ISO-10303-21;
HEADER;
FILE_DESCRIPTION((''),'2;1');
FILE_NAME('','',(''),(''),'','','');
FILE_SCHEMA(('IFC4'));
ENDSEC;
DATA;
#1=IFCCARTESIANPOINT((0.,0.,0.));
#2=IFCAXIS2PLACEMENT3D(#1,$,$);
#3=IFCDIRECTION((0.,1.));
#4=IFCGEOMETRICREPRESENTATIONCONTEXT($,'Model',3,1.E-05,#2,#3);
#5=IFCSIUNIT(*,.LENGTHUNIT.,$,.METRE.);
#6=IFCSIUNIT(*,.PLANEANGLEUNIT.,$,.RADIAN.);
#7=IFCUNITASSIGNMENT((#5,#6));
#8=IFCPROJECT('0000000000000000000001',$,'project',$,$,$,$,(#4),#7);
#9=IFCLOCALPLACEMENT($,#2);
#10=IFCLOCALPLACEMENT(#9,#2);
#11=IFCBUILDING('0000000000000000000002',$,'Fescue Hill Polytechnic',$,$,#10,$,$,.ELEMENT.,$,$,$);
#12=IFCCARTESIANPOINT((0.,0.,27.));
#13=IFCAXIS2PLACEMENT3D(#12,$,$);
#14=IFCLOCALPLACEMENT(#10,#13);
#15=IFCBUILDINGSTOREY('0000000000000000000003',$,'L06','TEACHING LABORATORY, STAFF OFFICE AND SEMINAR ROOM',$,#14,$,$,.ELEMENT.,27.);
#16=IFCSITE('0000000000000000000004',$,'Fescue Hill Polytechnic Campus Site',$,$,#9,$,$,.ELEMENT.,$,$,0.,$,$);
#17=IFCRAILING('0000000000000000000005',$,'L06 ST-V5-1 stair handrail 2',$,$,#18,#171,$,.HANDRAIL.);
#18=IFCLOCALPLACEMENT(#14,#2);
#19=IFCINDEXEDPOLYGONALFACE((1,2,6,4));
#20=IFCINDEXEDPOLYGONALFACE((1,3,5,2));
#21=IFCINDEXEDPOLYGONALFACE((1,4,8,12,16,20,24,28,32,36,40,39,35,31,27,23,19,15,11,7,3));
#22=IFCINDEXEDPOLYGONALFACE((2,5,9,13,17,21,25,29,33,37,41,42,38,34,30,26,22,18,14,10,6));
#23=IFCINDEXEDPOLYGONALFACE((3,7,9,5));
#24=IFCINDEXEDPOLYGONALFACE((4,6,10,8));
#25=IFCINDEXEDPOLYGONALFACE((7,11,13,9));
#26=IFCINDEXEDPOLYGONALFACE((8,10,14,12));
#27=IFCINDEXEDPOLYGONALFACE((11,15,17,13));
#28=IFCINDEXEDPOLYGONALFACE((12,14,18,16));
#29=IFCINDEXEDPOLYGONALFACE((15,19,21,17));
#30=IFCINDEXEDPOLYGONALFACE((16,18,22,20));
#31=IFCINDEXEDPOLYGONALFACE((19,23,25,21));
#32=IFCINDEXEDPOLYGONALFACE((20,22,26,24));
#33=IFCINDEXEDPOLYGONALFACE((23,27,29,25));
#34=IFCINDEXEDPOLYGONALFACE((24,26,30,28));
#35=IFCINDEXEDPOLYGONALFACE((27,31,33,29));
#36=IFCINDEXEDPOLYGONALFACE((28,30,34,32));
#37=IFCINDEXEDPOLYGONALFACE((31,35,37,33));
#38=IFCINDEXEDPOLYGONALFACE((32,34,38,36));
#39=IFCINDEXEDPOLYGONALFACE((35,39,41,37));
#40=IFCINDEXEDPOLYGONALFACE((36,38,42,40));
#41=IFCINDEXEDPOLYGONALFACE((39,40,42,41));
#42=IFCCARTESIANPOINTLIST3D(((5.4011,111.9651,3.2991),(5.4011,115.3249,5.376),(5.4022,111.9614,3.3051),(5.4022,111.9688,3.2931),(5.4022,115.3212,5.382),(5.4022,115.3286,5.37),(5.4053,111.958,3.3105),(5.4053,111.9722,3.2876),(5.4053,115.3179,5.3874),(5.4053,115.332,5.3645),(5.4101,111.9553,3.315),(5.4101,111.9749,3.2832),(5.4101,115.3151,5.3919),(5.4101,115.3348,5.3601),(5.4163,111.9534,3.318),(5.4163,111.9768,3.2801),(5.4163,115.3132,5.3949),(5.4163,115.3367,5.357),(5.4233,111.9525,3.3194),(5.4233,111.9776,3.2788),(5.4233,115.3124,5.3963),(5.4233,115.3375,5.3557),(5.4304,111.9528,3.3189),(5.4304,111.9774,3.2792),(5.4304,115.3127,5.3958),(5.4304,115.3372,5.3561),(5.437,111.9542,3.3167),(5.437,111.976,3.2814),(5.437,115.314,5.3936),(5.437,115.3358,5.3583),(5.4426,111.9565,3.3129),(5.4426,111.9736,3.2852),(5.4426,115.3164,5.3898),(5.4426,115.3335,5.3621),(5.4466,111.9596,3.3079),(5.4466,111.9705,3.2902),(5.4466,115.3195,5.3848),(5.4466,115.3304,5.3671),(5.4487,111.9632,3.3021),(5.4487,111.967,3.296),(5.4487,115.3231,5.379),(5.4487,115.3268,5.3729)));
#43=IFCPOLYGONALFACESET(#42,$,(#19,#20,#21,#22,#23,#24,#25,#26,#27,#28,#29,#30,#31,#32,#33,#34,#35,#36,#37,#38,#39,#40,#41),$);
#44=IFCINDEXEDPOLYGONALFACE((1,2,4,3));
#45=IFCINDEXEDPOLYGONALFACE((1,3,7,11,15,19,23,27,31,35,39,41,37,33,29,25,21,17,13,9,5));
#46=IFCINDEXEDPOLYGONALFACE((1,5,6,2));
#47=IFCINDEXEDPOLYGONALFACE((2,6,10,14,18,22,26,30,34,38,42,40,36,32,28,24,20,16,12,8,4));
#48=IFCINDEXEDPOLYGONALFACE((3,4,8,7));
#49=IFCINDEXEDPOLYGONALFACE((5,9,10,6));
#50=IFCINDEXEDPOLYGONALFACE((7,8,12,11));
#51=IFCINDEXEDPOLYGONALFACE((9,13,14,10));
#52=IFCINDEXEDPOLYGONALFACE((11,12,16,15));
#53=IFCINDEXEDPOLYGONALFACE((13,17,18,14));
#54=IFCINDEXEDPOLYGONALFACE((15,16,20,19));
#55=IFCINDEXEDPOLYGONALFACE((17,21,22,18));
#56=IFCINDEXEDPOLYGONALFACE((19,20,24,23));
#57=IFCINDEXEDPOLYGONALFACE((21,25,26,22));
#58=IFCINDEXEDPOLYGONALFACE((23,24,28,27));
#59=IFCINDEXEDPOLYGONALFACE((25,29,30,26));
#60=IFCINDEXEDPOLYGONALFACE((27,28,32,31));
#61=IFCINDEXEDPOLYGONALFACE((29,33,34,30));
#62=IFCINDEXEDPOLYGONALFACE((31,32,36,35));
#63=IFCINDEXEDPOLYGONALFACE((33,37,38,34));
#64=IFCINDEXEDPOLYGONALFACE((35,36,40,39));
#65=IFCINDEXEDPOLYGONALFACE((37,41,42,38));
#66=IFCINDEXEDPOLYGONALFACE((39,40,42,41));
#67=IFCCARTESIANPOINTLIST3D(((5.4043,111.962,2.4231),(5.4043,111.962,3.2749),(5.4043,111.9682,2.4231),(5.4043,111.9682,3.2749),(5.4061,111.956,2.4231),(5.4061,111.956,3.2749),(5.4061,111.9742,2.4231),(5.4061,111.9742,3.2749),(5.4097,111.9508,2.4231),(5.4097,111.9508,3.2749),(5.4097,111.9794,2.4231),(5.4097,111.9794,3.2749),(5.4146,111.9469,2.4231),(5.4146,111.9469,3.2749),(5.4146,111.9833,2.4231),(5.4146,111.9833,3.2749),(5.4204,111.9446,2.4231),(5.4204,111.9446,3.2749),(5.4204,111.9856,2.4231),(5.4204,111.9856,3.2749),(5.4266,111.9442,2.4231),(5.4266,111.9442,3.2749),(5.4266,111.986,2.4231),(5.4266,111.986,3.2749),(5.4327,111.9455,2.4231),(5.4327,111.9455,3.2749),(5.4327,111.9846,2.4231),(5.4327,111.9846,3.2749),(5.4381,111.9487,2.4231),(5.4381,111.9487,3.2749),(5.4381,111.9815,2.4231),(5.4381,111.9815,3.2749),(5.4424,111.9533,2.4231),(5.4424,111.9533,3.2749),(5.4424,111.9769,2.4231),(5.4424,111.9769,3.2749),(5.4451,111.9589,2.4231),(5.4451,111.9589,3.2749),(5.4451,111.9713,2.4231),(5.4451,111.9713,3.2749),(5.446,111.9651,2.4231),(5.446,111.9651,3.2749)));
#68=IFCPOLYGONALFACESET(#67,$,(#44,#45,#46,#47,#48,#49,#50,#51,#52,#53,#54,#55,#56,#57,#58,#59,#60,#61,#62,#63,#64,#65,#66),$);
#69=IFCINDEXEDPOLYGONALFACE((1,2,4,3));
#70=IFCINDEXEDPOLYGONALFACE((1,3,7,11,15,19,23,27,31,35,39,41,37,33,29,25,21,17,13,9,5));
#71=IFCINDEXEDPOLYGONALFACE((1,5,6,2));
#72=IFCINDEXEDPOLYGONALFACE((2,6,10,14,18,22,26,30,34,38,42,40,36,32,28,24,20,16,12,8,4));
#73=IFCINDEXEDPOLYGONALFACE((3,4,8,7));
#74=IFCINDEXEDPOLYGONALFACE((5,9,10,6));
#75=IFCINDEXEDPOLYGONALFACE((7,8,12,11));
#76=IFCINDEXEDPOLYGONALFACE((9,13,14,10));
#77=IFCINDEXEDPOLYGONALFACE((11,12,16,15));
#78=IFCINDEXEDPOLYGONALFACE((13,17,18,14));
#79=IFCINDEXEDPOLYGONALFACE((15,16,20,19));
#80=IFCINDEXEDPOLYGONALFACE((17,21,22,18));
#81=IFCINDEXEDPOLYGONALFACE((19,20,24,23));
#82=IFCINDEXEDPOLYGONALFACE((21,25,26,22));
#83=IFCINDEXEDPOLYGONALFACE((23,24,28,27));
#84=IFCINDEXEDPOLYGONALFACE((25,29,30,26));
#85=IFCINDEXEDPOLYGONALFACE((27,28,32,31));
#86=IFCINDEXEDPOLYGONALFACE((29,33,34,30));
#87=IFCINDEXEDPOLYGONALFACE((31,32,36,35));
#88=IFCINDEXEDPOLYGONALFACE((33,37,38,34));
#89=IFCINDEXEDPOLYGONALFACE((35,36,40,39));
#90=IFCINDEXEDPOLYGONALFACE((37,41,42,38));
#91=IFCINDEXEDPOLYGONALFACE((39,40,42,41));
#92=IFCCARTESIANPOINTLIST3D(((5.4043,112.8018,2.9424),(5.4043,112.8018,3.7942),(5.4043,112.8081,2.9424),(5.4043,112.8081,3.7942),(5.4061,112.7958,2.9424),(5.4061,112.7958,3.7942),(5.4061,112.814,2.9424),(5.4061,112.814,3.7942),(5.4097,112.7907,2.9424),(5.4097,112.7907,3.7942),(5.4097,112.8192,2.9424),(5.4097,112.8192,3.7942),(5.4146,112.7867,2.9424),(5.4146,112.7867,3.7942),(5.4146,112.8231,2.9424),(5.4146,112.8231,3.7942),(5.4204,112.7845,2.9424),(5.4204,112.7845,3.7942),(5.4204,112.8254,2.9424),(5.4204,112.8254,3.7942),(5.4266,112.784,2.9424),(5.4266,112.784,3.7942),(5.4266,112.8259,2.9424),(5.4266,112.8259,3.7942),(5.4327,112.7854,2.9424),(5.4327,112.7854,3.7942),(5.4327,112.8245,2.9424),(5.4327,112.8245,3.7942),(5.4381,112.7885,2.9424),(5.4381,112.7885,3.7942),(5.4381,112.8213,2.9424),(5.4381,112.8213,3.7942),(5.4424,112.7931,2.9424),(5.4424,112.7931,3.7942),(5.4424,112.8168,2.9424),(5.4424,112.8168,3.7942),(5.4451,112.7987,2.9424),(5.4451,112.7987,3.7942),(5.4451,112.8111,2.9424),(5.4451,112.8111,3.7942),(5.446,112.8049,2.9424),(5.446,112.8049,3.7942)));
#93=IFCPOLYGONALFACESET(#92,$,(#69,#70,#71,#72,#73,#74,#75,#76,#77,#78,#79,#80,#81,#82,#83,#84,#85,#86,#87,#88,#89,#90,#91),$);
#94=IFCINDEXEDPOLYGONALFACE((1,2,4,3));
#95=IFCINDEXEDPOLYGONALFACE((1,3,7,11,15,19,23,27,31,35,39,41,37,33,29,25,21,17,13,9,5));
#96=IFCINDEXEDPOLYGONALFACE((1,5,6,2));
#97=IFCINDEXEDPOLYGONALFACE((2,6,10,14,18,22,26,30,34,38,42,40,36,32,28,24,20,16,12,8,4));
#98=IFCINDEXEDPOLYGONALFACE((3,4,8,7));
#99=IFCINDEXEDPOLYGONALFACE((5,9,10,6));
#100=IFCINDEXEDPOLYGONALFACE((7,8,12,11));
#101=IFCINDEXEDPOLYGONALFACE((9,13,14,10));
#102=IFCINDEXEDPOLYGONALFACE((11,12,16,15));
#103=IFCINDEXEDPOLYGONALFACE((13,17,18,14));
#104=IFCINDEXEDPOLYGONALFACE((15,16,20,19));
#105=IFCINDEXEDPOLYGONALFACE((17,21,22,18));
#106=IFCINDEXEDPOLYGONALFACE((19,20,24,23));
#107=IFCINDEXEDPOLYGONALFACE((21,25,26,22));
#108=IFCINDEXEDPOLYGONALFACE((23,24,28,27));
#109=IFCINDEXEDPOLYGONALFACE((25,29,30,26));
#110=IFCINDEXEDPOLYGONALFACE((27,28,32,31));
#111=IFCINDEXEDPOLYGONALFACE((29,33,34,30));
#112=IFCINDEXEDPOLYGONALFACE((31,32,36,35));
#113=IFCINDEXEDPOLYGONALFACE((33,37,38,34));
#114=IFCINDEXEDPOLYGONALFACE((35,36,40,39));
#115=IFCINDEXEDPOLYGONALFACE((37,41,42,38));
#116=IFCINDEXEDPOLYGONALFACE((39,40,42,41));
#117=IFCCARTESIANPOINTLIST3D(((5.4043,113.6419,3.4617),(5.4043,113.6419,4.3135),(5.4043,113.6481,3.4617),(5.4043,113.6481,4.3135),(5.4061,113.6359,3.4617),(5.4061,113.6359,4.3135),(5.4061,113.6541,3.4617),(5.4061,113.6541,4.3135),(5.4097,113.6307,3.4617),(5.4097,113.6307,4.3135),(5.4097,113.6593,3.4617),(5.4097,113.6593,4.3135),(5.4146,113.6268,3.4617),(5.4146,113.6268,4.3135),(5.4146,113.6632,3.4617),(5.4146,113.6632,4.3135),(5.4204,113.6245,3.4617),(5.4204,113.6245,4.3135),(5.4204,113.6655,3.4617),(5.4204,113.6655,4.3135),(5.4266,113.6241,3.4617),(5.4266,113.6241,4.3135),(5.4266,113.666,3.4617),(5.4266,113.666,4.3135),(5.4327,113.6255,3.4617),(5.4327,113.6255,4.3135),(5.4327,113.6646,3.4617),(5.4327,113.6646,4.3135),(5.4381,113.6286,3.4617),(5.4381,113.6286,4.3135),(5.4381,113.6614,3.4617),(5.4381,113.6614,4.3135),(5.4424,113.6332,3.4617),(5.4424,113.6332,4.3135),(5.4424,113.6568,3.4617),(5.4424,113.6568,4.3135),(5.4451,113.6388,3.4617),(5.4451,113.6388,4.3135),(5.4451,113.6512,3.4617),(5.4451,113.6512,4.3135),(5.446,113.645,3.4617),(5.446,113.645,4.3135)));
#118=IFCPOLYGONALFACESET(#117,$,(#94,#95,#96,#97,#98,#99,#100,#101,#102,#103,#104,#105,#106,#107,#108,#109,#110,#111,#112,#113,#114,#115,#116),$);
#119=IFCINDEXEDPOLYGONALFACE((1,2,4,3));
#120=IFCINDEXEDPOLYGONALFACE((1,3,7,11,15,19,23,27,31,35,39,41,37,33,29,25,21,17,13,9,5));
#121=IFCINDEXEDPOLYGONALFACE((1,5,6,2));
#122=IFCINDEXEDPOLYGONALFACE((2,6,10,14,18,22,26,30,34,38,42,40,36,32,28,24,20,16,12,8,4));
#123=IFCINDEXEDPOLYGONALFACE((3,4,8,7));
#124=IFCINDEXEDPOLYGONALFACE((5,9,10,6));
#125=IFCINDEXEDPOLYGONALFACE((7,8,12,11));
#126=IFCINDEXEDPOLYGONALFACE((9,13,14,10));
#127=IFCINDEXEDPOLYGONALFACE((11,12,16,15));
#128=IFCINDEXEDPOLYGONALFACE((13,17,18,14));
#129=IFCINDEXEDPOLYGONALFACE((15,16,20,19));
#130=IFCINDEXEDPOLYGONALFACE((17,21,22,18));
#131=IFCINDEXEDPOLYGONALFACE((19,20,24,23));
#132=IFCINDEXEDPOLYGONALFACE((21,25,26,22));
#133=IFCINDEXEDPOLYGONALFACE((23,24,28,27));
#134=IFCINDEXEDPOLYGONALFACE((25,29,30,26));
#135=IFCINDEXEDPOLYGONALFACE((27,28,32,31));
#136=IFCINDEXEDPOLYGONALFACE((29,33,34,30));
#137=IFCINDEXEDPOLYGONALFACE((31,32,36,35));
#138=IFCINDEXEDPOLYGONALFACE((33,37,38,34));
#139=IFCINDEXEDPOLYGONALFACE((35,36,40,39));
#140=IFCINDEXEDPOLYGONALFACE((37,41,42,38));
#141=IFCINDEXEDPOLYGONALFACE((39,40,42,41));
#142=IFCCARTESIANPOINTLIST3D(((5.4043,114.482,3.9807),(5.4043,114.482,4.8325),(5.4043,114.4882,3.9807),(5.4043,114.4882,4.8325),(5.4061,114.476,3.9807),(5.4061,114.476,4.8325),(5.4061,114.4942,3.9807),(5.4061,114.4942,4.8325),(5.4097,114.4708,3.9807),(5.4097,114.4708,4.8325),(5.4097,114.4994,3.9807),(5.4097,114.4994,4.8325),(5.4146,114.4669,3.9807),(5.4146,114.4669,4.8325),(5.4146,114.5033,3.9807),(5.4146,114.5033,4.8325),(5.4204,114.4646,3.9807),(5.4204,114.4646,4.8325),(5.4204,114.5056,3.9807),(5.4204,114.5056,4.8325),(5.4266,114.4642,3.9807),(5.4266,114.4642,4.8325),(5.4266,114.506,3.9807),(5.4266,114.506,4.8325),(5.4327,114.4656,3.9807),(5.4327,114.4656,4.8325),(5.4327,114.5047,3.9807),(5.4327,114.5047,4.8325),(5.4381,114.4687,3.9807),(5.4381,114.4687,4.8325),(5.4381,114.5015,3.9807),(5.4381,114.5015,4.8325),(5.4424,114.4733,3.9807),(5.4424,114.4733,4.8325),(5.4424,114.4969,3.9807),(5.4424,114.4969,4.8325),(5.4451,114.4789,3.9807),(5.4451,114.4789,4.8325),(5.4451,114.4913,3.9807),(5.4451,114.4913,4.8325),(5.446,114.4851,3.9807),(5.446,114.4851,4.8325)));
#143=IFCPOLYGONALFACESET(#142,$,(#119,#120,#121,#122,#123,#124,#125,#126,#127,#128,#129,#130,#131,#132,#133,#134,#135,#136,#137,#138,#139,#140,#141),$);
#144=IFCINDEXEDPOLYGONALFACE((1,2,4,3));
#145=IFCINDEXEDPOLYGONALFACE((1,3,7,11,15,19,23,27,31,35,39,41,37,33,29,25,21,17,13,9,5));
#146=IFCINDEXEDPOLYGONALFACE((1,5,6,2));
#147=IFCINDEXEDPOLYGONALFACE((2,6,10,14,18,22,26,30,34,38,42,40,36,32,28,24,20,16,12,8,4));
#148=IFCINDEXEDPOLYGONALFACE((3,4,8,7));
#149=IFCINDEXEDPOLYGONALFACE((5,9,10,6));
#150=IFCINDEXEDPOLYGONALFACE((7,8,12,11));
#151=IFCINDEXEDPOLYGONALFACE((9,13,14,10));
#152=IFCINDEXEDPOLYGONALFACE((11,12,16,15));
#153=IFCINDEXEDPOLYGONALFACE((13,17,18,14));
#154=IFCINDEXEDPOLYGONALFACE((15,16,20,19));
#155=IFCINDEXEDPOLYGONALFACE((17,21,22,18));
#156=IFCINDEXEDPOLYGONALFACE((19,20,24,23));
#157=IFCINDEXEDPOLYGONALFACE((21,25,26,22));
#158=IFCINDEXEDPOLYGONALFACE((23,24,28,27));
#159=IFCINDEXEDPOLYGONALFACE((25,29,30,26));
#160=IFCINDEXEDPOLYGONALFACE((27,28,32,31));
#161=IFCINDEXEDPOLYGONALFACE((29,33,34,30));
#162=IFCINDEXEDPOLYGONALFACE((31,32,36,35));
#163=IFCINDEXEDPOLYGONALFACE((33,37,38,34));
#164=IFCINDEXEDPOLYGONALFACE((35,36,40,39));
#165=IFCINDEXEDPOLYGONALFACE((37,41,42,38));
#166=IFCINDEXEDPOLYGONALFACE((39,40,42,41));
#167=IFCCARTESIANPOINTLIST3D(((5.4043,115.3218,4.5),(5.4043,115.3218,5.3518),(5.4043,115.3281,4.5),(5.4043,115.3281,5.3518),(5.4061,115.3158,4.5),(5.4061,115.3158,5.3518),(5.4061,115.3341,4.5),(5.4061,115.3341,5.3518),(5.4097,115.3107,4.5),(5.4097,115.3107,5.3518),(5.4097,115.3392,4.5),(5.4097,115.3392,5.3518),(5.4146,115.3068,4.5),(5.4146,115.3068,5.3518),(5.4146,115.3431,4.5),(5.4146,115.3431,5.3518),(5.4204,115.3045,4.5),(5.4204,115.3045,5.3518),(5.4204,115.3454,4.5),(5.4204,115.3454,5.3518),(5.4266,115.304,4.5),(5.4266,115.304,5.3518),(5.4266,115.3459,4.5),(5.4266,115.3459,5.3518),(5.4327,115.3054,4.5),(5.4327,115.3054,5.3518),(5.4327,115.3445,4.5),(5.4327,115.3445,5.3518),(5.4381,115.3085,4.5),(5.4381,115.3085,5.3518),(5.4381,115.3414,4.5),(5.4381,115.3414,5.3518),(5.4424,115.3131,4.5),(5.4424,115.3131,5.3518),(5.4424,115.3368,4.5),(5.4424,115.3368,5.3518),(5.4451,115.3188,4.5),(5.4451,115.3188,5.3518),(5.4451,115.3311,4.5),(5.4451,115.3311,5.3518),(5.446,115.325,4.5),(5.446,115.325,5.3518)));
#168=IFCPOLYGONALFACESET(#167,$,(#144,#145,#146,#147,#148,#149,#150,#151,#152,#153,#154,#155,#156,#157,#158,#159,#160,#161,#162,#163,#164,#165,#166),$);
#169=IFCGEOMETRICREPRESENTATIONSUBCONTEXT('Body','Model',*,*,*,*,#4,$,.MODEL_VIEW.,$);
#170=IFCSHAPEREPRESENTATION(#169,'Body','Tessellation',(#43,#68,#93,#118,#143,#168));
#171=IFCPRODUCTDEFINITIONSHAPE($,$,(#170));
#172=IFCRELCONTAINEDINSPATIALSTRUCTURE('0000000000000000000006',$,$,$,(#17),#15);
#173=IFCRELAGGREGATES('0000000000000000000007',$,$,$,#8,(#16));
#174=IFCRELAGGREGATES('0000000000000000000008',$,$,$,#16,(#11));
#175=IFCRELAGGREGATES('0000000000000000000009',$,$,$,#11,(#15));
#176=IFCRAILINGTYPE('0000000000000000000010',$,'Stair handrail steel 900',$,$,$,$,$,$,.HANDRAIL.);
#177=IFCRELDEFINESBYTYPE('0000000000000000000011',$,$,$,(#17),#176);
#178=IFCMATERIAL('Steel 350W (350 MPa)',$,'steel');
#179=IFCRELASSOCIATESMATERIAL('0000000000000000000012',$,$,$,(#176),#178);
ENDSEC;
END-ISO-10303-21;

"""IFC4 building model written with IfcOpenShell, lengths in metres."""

from ifc_helpers import new_model, si_unit, direction, frame, origin, origin_2d, place, context, subcontext, project, spatial, circle, extrude, material, type_object, element, save


model = new_model("IFC4")

# Units and contexts
model_context = context("Model", 3, precision=1e-05, world=origin(), true_north=direction((0.0, 1.0)))
body_context = subcontext(model_context, "Body", "Model", "MODEL_VIEW")
ifc_project = project(units=[si_unit("LENGTHUNIT", "METRE"), si_unit("PLANEANGLEUNIT", "RADIAN")], contexts=[model_context])

# Site, building, storey
site_placement = place(None, origin())
site = spatial("IfcSite", under=ifc_project, at=site_placement, Name="Fescue Hill Polytechnic Campus Site", CompositionType="ELEMENT", RefElevation=0.0)
building_placement = place(site_placement, origin())
building = spatial("IfcBuilding", under=site, at=building_placement, Name="Fescue Hill Polytechnic", CompositionType="ELEMENT")
storey_placement = place(building_placement, frame((0.0, 0.0, 27.0)))
storey = spatial("IfcBuildingStorey", under=building, at=storey_placement, Name="L06", Description="TEACHING LABORATORY, STAFF OFFICE AND SEMINAR ROOM", CompositionType="ELEMENT", Elevation=27.0)

# Railing
ifc_material_1 = material(Name="Steel 350W (350 MPa)", Category="steel")
railing_type_1 = type_object("IfcRailingType", Name="Stair handrail steel 900", PredefinedType="HANDRAIL", material=ifc_material_1)
railing_1_placement = place(storey_placement, frame((5.425, 111.9651, 2.4231)))
element("IfcRailing", 1, at=railing_1_placement, inside=storey, type_object=railing_type_1, Name="L06 ST-V5-1 stair handrail 2", PredefinedType="HANDRAIL", context=body_context, shape_type="SweptSolid", body=[
    extrude(circle(Radius=0.0239, at=origin_2d()), frame((0.0, 0.0, 0.876), z_axis=(0.0, 0.850606, 0.525803), x_axis=(-1.0, 0.0, 0.0)), (0.0, 0.0, 1.0), 3.95),
    extrude(circle(Radius=0.021, at=origin_2d()), origin(), (0.0, 0.0, 1.0), 0.8518),
    extrude(circle(Radius=0.021, at=origin_2d()), frame((0.0, 0.8398, 0.5193)), (0.0, 0.0, 1.0), 0.8518),
    extrude(circle(Radius=0.021, at=origin_2d()), frame((0.0, 1.6799, 1.0386)), (0.0, 0.0, 1.0), 0.8518),
    extrude(circle(Radius=0.021, at=origin_2d()), frame((0.0, 2.52, 1.5576)), (0.0, 0.0, 1.0), 0.8518),
    extrude(circle(Radius=0.021, at=origin_2d()), frame((0.0, 3.3599, 2.0769)), (0.0, 0.0, 1.0), 0.8518),
])

save(model, "model.ifc")
